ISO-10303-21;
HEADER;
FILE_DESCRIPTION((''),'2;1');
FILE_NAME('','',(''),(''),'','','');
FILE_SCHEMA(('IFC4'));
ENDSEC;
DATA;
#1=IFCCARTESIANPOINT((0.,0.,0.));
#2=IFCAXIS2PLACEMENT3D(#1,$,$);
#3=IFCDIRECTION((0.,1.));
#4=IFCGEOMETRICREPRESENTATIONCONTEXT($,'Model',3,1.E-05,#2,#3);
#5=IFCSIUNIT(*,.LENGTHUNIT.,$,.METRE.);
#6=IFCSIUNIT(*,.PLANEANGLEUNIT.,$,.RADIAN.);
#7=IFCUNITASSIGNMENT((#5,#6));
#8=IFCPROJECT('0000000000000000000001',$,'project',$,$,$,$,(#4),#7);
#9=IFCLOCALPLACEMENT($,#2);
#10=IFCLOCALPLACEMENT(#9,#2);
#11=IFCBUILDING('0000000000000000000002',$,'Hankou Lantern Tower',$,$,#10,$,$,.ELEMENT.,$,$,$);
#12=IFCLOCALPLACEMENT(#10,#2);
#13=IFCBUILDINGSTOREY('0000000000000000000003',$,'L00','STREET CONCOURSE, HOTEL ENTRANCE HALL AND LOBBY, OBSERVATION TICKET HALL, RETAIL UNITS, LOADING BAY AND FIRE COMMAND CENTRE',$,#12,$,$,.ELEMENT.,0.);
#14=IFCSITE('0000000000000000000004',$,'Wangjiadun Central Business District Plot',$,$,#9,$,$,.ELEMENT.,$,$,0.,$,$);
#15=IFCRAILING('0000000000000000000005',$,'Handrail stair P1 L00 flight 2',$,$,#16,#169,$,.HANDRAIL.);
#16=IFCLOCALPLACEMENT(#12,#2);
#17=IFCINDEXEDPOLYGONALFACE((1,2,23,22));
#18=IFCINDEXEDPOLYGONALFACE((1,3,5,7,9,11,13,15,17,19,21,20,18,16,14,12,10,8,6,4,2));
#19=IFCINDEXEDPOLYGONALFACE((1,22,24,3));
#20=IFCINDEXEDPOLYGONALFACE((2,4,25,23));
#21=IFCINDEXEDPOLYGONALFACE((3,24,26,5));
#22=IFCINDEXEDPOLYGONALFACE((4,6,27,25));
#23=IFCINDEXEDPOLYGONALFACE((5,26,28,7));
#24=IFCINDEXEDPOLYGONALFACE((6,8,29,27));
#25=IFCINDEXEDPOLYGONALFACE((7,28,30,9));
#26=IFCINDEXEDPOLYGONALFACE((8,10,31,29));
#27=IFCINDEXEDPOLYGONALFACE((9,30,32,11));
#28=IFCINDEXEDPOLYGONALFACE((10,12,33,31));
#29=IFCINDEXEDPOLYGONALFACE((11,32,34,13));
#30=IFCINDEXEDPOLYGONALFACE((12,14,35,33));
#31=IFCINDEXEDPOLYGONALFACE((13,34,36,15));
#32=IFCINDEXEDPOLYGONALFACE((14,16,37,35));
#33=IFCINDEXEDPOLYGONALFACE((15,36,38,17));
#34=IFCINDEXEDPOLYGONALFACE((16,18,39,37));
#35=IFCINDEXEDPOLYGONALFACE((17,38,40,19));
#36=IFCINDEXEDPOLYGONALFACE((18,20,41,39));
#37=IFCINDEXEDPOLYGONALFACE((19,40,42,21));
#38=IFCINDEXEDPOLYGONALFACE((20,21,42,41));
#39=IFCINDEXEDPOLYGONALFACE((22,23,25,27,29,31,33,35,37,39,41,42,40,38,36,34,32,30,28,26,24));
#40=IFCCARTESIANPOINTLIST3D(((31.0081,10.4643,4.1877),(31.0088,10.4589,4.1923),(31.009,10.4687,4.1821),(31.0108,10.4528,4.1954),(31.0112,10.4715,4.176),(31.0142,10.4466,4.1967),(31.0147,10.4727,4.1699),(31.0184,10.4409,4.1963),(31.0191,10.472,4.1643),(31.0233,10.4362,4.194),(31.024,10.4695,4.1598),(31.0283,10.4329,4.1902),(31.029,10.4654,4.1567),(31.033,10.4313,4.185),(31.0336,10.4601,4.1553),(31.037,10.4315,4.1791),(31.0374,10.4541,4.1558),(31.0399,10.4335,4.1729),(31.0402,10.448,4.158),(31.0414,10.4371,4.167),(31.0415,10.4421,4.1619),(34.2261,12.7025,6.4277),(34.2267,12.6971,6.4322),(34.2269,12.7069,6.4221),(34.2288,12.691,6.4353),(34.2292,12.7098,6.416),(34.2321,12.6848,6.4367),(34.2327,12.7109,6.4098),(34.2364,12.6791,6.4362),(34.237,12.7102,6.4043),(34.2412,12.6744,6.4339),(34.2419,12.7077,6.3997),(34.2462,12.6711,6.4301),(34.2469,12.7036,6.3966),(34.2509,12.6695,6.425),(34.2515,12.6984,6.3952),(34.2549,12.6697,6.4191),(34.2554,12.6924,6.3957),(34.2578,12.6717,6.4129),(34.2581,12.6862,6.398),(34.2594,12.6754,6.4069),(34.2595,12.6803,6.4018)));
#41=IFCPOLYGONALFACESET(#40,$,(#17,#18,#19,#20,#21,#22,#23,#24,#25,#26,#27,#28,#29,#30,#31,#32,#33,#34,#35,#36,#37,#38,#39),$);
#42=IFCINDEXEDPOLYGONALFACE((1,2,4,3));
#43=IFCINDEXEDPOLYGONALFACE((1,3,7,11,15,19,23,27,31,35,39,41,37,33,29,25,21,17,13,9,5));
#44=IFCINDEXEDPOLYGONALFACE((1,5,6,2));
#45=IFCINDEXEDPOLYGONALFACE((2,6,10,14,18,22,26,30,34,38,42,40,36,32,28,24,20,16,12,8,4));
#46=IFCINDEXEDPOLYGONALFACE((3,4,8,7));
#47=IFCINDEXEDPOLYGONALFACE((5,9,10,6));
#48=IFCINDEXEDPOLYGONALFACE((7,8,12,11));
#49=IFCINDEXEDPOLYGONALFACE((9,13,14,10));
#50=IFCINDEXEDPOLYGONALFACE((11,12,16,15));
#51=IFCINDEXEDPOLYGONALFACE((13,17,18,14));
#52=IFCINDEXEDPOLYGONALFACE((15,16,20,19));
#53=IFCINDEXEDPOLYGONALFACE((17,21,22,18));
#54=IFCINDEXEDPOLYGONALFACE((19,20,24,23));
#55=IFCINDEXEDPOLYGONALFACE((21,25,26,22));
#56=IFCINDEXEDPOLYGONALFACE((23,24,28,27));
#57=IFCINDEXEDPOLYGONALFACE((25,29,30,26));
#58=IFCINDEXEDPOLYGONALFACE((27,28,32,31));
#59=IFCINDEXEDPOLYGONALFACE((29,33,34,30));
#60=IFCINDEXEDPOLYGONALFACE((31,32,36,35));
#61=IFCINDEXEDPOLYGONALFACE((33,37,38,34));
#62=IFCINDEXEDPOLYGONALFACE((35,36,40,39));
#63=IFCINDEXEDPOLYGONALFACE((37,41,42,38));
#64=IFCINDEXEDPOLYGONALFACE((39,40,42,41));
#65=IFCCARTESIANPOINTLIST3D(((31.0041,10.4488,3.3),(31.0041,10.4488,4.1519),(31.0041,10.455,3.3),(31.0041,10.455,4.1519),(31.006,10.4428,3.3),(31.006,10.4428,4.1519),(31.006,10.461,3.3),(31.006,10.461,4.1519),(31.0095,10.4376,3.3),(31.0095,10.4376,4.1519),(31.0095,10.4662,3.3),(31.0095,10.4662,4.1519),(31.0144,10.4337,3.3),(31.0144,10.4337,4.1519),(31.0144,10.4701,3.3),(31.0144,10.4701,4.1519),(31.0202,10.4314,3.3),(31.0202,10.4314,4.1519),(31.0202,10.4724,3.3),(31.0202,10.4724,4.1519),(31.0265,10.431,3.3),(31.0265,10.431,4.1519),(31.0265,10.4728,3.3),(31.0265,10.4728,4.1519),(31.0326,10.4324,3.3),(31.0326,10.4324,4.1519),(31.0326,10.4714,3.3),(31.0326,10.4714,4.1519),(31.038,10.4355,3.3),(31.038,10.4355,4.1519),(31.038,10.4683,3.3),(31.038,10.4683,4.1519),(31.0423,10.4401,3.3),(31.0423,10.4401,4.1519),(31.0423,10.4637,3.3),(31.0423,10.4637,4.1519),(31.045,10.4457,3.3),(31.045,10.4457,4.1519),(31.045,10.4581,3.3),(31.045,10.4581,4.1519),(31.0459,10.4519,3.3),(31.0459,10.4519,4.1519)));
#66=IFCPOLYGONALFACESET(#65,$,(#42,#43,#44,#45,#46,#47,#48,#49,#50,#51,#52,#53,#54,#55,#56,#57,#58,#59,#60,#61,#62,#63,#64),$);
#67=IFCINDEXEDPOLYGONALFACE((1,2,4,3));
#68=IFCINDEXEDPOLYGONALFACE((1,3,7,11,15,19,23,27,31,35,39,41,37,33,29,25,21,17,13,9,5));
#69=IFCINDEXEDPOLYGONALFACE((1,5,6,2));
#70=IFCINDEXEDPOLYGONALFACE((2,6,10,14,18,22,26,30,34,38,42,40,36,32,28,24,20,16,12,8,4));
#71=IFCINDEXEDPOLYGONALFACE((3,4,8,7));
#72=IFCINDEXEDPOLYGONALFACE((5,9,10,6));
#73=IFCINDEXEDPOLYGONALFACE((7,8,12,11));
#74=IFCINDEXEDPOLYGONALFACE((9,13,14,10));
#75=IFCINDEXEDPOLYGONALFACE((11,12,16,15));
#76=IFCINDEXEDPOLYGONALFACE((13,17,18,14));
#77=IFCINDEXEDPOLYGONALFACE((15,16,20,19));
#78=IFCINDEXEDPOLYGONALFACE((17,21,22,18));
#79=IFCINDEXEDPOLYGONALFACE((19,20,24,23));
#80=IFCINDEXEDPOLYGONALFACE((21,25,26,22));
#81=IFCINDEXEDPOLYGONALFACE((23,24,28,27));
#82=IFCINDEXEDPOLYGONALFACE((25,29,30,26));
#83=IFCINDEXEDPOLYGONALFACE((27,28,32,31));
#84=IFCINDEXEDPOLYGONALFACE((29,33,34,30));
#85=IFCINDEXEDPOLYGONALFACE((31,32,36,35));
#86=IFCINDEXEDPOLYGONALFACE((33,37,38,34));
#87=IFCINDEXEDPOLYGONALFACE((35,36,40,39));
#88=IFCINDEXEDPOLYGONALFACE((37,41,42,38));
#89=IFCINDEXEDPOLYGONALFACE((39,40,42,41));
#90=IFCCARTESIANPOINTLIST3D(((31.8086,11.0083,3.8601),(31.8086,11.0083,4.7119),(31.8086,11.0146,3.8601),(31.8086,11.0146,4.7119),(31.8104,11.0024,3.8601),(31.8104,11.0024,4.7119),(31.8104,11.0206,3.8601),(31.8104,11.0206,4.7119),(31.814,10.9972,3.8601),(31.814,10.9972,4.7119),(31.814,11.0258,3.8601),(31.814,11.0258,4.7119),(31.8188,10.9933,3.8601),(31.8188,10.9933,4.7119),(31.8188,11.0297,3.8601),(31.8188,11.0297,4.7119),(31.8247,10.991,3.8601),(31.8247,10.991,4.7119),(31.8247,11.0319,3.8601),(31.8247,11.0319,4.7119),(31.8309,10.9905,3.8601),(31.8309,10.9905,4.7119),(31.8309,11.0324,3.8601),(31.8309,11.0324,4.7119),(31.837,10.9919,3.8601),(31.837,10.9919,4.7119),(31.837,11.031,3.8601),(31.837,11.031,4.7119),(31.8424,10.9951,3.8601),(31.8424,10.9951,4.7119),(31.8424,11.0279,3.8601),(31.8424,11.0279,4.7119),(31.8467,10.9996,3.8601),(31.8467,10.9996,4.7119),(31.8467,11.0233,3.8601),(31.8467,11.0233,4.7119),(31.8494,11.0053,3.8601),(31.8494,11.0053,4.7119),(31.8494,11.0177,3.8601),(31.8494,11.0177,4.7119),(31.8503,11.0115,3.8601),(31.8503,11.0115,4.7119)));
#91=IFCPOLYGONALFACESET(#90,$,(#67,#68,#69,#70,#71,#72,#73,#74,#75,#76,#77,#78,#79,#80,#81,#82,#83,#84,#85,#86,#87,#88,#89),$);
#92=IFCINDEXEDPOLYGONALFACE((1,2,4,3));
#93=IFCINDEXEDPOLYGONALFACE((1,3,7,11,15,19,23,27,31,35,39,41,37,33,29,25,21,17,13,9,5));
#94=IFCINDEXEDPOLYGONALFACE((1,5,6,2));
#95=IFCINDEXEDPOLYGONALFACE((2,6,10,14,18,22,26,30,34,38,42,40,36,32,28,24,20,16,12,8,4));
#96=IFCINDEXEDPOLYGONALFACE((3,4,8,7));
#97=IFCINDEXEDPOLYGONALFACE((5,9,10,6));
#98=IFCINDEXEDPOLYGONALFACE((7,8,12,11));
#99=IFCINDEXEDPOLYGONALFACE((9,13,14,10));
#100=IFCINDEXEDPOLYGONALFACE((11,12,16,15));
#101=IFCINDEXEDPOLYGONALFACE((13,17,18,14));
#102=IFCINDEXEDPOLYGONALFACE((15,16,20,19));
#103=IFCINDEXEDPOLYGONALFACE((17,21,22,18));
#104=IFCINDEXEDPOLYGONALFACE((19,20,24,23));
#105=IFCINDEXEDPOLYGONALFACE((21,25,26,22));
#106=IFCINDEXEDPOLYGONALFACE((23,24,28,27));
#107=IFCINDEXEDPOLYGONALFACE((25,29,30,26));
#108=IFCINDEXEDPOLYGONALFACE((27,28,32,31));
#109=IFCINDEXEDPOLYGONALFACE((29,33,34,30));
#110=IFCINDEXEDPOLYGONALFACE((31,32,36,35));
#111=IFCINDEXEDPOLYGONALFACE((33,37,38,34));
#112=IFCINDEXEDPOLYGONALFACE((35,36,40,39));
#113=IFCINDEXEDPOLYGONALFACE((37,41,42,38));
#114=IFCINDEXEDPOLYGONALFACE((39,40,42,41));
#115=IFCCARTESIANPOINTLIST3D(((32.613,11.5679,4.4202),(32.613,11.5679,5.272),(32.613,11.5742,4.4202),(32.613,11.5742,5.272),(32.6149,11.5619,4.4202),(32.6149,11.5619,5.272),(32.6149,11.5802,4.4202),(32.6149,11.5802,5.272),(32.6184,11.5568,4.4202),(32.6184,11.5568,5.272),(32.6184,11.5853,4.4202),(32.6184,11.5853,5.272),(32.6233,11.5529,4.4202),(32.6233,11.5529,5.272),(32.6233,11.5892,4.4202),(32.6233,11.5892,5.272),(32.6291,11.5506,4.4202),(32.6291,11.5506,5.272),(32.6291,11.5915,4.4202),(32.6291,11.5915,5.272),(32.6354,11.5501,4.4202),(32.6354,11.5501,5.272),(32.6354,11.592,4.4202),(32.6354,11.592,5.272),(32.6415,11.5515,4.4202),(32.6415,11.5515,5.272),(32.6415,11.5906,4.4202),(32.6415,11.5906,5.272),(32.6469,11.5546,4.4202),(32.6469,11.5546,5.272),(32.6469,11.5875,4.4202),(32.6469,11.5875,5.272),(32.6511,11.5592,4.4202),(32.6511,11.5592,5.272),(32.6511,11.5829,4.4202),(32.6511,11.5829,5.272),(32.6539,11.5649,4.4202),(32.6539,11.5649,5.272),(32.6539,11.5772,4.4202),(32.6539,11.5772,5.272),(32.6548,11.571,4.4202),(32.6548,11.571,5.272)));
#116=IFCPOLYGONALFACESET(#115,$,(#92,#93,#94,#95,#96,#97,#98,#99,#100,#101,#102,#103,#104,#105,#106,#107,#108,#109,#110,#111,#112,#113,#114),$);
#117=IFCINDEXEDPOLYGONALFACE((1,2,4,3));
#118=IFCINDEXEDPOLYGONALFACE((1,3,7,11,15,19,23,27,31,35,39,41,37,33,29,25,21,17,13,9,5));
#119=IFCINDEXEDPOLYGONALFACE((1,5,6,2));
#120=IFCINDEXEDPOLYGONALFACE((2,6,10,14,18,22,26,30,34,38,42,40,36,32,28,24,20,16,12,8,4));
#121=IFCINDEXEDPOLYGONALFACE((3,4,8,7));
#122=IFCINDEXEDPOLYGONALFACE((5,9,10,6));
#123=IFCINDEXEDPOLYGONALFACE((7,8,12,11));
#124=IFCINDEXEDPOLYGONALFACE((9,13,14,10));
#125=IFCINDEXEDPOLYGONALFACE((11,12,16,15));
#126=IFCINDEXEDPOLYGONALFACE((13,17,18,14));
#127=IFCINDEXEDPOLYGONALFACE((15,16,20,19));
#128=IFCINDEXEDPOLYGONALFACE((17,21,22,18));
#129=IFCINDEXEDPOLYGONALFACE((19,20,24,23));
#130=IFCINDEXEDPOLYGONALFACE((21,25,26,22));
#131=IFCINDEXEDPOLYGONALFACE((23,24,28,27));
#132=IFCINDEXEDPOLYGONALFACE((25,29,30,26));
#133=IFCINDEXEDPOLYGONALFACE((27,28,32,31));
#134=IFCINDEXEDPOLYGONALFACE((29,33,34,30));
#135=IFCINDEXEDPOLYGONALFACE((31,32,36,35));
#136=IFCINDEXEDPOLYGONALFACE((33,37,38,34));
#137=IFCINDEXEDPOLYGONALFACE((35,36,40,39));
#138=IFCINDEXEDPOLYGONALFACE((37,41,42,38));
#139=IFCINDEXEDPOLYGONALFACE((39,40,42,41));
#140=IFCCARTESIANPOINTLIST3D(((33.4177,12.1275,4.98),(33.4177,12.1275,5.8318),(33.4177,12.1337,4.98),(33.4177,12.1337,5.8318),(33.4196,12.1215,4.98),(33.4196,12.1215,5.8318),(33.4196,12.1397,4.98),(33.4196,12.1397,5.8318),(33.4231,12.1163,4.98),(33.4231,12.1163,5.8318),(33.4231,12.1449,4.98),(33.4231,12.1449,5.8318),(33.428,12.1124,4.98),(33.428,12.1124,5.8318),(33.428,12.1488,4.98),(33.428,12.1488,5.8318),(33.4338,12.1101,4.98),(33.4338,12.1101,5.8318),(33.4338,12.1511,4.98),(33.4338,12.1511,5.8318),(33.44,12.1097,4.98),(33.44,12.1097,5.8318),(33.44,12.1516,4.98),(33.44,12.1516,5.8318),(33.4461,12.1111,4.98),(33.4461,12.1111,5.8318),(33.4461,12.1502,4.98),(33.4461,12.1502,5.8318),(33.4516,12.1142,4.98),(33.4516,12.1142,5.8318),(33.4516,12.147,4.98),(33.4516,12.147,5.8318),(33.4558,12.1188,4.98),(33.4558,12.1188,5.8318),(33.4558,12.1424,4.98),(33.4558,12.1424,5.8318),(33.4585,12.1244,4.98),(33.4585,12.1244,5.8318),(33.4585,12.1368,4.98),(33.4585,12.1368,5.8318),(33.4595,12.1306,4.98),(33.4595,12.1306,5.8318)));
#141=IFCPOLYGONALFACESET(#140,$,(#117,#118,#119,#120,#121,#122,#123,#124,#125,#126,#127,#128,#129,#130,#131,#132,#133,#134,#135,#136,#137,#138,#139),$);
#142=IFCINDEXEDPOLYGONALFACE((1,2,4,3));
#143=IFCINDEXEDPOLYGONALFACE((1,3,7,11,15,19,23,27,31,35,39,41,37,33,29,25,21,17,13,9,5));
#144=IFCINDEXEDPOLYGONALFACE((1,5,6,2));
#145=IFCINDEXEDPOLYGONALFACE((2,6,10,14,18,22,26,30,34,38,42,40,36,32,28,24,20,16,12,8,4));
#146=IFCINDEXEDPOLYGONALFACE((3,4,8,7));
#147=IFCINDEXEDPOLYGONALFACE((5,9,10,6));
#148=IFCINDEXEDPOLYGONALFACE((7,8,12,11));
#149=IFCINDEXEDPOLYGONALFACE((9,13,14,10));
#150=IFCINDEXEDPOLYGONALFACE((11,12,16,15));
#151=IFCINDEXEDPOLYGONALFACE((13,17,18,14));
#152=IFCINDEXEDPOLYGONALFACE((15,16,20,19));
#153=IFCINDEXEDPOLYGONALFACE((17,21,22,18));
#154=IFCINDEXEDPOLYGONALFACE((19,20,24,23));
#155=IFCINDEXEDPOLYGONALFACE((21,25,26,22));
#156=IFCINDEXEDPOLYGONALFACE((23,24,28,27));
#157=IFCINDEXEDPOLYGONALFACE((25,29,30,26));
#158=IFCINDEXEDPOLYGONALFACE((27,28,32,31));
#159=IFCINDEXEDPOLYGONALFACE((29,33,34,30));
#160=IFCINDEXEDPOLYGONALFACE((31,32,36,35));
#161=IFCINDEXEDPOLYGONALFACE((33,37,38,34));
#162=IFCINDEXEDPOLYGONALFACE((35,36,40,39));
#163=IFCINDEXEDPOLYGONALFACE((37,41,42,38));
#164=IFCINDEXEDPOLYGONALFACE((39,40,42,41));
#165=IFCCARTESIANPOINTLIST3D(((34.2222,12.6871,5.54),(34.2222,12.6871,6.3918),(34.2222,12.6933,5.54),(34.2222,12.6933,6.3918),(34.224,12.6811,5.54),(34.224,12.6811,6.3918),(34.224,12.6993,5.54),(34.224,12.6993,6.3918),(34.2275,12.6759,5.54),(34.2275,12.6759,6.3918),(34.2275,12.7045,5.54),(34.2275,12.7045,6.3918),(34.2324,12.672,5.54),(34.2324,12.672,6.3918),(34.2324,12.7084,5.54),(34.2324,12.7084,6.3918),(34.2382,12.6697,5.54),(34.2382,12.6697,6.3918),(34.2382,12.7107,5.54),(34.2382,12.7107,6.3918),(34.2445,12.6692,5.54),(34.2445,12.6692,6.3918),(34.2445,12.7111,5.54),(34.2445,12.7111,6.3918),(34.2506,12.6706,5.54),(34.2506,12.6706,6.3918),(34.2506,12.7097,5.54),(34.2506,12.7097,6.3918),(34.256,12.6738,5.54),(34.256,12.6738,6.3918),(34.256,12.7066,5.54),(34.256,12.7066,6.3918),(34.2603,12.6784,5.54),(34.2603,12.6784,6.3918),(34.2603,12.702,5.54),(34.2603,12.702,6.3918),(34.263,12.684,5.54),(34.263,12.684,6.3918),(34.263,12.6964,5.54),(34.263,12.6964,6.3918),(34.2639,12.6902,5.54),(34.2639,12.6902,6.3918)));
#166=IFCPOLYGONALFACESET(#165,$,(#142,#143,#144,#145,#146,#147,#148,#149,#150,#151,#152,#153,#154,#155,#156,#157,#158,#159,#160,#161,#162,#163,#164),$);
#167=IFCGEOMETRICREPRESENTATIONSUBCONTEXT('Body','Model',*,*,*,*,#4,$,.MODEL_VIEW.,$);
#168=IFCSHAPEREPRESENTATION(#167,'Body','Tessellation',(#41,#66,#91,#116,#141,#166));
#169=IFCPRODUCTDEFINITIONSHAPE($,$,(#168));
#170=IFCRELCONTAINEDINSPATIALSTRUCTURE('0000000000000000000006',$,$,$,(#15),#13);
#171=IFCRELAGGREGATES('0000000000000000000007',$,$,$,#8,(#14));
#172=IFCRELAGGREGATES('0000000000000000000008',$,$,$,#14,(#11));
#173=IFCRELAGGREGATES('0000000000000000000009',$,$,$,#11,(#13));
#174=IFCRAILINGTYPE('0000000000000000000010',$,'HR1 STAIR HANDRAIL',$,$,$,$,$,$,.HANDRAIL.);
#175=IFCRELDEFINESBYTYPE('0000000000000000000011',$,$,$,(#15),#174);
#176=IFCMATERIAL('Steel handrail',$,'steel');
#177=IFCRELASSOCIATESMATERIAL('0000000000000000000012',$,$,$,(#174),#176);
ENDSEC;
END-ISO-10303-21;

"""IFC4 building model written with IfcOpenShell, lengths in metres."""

from ifc_helpers import new_model, si_unit, direction, frame, origin, origin_2d, place, context, subcontext, project, spatial, circle, extrude, material, type_object, element, save


model = new_model("IFC4")

# Units and contexts
model_context = context("Model", 3, precision=1e-05, world=origin(), true_north=direction((0.0, 1.0)))
body_context = subcontext(model_context, "Body", "Model", "MODEL_VIEW")
ifc_project = project(units=[si_unit("LENGTHUNIT", "METRE"), si_unit("PLANEANGLEUNIT", "RADIAN")], contexts=[model_context])

# Site, building, storey
site_placement = place(None, origin())
site = spatial("IfcSite", under=ifc_project, at=site_placement, Name="Wangjiadun Central Business District Plot", CompositionType="ELEMENT", RefElevation=0.0)
building_placement = place(site_placement, origin())
building = spatial("IfcBuilding", under=site, at=building_placement, Name="Hankou Lantern Tower", CompositionType="ELEMENT")
storey_placement = place(building_placement, origin())
storey = spatial("IfcBuildingStorey", under=building, at=storey_placement, Name="L00", Description="STREET CONCOURSE, HOTEL ENTRANCE HALL AND LOBBY, OBSERVATION TICKET HALL, RETAIL UNITS, LOADING BAY AND FIRE COMMAND CENTRE", CompositionType="ELEMENT", Elevation=0.0)

# Railing
ifc_material_1 = material(Name="Steel handrail", Category="steel")
railing_type_1 = type_object("IfcRailingType", Name="HR1 STAIR HANDRAIL", PredefinedType="HANDRAIL", material=ifc_material_1)
railing_1_placement = place(storey_placement, frame((31.0249, 10.4519, 3.3)))
element("IfcRailing", 1, at=railing_1_placement, inside=storey, type_object=railing_type_1, Name="Handrail stair P1 L00 flight 2", PredefinedType="HANDRAIL", context=body_context, shape_type="SweptSolid", body=[
    extrude(circle(Radius=0.0239, at=origin_2d()), frame((0.0, 0.0, 0.876), z_axis=(0.712776, 0.495769, 0.496148), x_axis=(-0.571006, 0.820946, 0.0)), (0.0, 0.0, 1.0), 4.5146),
    extrude(circle(Radius=0.021, at=origin_2d()), origin(), (0.0, 0.0, 1.0), 0.8518),
    extrude(circle(Radius=0.021, at=origin_2d()), frame((0.8044, 0.5596, 0.5601)), (0.0, 0.0, 1.0), 0.8518),
    extrude(circle(Radius=0.021, at=origin_2d()), frame((1.6089, 1.1191, 1.1201)), (0.0, 0.0, 1.0), 0.8518),
    extrude(circle(Radius=0.021, at=origin_2d()), frame((2.4136, 1.6787, 1.6799)), (0.0, 0.0, 1.0), 0.8518),
    extrude(circle(Radius=0.021, at=origin_2d()), frame((3.218, 2.2383, 2.24)), (0.0, 0.0, 1.0), 0.8518),
])

save(model, "model.ifc")
